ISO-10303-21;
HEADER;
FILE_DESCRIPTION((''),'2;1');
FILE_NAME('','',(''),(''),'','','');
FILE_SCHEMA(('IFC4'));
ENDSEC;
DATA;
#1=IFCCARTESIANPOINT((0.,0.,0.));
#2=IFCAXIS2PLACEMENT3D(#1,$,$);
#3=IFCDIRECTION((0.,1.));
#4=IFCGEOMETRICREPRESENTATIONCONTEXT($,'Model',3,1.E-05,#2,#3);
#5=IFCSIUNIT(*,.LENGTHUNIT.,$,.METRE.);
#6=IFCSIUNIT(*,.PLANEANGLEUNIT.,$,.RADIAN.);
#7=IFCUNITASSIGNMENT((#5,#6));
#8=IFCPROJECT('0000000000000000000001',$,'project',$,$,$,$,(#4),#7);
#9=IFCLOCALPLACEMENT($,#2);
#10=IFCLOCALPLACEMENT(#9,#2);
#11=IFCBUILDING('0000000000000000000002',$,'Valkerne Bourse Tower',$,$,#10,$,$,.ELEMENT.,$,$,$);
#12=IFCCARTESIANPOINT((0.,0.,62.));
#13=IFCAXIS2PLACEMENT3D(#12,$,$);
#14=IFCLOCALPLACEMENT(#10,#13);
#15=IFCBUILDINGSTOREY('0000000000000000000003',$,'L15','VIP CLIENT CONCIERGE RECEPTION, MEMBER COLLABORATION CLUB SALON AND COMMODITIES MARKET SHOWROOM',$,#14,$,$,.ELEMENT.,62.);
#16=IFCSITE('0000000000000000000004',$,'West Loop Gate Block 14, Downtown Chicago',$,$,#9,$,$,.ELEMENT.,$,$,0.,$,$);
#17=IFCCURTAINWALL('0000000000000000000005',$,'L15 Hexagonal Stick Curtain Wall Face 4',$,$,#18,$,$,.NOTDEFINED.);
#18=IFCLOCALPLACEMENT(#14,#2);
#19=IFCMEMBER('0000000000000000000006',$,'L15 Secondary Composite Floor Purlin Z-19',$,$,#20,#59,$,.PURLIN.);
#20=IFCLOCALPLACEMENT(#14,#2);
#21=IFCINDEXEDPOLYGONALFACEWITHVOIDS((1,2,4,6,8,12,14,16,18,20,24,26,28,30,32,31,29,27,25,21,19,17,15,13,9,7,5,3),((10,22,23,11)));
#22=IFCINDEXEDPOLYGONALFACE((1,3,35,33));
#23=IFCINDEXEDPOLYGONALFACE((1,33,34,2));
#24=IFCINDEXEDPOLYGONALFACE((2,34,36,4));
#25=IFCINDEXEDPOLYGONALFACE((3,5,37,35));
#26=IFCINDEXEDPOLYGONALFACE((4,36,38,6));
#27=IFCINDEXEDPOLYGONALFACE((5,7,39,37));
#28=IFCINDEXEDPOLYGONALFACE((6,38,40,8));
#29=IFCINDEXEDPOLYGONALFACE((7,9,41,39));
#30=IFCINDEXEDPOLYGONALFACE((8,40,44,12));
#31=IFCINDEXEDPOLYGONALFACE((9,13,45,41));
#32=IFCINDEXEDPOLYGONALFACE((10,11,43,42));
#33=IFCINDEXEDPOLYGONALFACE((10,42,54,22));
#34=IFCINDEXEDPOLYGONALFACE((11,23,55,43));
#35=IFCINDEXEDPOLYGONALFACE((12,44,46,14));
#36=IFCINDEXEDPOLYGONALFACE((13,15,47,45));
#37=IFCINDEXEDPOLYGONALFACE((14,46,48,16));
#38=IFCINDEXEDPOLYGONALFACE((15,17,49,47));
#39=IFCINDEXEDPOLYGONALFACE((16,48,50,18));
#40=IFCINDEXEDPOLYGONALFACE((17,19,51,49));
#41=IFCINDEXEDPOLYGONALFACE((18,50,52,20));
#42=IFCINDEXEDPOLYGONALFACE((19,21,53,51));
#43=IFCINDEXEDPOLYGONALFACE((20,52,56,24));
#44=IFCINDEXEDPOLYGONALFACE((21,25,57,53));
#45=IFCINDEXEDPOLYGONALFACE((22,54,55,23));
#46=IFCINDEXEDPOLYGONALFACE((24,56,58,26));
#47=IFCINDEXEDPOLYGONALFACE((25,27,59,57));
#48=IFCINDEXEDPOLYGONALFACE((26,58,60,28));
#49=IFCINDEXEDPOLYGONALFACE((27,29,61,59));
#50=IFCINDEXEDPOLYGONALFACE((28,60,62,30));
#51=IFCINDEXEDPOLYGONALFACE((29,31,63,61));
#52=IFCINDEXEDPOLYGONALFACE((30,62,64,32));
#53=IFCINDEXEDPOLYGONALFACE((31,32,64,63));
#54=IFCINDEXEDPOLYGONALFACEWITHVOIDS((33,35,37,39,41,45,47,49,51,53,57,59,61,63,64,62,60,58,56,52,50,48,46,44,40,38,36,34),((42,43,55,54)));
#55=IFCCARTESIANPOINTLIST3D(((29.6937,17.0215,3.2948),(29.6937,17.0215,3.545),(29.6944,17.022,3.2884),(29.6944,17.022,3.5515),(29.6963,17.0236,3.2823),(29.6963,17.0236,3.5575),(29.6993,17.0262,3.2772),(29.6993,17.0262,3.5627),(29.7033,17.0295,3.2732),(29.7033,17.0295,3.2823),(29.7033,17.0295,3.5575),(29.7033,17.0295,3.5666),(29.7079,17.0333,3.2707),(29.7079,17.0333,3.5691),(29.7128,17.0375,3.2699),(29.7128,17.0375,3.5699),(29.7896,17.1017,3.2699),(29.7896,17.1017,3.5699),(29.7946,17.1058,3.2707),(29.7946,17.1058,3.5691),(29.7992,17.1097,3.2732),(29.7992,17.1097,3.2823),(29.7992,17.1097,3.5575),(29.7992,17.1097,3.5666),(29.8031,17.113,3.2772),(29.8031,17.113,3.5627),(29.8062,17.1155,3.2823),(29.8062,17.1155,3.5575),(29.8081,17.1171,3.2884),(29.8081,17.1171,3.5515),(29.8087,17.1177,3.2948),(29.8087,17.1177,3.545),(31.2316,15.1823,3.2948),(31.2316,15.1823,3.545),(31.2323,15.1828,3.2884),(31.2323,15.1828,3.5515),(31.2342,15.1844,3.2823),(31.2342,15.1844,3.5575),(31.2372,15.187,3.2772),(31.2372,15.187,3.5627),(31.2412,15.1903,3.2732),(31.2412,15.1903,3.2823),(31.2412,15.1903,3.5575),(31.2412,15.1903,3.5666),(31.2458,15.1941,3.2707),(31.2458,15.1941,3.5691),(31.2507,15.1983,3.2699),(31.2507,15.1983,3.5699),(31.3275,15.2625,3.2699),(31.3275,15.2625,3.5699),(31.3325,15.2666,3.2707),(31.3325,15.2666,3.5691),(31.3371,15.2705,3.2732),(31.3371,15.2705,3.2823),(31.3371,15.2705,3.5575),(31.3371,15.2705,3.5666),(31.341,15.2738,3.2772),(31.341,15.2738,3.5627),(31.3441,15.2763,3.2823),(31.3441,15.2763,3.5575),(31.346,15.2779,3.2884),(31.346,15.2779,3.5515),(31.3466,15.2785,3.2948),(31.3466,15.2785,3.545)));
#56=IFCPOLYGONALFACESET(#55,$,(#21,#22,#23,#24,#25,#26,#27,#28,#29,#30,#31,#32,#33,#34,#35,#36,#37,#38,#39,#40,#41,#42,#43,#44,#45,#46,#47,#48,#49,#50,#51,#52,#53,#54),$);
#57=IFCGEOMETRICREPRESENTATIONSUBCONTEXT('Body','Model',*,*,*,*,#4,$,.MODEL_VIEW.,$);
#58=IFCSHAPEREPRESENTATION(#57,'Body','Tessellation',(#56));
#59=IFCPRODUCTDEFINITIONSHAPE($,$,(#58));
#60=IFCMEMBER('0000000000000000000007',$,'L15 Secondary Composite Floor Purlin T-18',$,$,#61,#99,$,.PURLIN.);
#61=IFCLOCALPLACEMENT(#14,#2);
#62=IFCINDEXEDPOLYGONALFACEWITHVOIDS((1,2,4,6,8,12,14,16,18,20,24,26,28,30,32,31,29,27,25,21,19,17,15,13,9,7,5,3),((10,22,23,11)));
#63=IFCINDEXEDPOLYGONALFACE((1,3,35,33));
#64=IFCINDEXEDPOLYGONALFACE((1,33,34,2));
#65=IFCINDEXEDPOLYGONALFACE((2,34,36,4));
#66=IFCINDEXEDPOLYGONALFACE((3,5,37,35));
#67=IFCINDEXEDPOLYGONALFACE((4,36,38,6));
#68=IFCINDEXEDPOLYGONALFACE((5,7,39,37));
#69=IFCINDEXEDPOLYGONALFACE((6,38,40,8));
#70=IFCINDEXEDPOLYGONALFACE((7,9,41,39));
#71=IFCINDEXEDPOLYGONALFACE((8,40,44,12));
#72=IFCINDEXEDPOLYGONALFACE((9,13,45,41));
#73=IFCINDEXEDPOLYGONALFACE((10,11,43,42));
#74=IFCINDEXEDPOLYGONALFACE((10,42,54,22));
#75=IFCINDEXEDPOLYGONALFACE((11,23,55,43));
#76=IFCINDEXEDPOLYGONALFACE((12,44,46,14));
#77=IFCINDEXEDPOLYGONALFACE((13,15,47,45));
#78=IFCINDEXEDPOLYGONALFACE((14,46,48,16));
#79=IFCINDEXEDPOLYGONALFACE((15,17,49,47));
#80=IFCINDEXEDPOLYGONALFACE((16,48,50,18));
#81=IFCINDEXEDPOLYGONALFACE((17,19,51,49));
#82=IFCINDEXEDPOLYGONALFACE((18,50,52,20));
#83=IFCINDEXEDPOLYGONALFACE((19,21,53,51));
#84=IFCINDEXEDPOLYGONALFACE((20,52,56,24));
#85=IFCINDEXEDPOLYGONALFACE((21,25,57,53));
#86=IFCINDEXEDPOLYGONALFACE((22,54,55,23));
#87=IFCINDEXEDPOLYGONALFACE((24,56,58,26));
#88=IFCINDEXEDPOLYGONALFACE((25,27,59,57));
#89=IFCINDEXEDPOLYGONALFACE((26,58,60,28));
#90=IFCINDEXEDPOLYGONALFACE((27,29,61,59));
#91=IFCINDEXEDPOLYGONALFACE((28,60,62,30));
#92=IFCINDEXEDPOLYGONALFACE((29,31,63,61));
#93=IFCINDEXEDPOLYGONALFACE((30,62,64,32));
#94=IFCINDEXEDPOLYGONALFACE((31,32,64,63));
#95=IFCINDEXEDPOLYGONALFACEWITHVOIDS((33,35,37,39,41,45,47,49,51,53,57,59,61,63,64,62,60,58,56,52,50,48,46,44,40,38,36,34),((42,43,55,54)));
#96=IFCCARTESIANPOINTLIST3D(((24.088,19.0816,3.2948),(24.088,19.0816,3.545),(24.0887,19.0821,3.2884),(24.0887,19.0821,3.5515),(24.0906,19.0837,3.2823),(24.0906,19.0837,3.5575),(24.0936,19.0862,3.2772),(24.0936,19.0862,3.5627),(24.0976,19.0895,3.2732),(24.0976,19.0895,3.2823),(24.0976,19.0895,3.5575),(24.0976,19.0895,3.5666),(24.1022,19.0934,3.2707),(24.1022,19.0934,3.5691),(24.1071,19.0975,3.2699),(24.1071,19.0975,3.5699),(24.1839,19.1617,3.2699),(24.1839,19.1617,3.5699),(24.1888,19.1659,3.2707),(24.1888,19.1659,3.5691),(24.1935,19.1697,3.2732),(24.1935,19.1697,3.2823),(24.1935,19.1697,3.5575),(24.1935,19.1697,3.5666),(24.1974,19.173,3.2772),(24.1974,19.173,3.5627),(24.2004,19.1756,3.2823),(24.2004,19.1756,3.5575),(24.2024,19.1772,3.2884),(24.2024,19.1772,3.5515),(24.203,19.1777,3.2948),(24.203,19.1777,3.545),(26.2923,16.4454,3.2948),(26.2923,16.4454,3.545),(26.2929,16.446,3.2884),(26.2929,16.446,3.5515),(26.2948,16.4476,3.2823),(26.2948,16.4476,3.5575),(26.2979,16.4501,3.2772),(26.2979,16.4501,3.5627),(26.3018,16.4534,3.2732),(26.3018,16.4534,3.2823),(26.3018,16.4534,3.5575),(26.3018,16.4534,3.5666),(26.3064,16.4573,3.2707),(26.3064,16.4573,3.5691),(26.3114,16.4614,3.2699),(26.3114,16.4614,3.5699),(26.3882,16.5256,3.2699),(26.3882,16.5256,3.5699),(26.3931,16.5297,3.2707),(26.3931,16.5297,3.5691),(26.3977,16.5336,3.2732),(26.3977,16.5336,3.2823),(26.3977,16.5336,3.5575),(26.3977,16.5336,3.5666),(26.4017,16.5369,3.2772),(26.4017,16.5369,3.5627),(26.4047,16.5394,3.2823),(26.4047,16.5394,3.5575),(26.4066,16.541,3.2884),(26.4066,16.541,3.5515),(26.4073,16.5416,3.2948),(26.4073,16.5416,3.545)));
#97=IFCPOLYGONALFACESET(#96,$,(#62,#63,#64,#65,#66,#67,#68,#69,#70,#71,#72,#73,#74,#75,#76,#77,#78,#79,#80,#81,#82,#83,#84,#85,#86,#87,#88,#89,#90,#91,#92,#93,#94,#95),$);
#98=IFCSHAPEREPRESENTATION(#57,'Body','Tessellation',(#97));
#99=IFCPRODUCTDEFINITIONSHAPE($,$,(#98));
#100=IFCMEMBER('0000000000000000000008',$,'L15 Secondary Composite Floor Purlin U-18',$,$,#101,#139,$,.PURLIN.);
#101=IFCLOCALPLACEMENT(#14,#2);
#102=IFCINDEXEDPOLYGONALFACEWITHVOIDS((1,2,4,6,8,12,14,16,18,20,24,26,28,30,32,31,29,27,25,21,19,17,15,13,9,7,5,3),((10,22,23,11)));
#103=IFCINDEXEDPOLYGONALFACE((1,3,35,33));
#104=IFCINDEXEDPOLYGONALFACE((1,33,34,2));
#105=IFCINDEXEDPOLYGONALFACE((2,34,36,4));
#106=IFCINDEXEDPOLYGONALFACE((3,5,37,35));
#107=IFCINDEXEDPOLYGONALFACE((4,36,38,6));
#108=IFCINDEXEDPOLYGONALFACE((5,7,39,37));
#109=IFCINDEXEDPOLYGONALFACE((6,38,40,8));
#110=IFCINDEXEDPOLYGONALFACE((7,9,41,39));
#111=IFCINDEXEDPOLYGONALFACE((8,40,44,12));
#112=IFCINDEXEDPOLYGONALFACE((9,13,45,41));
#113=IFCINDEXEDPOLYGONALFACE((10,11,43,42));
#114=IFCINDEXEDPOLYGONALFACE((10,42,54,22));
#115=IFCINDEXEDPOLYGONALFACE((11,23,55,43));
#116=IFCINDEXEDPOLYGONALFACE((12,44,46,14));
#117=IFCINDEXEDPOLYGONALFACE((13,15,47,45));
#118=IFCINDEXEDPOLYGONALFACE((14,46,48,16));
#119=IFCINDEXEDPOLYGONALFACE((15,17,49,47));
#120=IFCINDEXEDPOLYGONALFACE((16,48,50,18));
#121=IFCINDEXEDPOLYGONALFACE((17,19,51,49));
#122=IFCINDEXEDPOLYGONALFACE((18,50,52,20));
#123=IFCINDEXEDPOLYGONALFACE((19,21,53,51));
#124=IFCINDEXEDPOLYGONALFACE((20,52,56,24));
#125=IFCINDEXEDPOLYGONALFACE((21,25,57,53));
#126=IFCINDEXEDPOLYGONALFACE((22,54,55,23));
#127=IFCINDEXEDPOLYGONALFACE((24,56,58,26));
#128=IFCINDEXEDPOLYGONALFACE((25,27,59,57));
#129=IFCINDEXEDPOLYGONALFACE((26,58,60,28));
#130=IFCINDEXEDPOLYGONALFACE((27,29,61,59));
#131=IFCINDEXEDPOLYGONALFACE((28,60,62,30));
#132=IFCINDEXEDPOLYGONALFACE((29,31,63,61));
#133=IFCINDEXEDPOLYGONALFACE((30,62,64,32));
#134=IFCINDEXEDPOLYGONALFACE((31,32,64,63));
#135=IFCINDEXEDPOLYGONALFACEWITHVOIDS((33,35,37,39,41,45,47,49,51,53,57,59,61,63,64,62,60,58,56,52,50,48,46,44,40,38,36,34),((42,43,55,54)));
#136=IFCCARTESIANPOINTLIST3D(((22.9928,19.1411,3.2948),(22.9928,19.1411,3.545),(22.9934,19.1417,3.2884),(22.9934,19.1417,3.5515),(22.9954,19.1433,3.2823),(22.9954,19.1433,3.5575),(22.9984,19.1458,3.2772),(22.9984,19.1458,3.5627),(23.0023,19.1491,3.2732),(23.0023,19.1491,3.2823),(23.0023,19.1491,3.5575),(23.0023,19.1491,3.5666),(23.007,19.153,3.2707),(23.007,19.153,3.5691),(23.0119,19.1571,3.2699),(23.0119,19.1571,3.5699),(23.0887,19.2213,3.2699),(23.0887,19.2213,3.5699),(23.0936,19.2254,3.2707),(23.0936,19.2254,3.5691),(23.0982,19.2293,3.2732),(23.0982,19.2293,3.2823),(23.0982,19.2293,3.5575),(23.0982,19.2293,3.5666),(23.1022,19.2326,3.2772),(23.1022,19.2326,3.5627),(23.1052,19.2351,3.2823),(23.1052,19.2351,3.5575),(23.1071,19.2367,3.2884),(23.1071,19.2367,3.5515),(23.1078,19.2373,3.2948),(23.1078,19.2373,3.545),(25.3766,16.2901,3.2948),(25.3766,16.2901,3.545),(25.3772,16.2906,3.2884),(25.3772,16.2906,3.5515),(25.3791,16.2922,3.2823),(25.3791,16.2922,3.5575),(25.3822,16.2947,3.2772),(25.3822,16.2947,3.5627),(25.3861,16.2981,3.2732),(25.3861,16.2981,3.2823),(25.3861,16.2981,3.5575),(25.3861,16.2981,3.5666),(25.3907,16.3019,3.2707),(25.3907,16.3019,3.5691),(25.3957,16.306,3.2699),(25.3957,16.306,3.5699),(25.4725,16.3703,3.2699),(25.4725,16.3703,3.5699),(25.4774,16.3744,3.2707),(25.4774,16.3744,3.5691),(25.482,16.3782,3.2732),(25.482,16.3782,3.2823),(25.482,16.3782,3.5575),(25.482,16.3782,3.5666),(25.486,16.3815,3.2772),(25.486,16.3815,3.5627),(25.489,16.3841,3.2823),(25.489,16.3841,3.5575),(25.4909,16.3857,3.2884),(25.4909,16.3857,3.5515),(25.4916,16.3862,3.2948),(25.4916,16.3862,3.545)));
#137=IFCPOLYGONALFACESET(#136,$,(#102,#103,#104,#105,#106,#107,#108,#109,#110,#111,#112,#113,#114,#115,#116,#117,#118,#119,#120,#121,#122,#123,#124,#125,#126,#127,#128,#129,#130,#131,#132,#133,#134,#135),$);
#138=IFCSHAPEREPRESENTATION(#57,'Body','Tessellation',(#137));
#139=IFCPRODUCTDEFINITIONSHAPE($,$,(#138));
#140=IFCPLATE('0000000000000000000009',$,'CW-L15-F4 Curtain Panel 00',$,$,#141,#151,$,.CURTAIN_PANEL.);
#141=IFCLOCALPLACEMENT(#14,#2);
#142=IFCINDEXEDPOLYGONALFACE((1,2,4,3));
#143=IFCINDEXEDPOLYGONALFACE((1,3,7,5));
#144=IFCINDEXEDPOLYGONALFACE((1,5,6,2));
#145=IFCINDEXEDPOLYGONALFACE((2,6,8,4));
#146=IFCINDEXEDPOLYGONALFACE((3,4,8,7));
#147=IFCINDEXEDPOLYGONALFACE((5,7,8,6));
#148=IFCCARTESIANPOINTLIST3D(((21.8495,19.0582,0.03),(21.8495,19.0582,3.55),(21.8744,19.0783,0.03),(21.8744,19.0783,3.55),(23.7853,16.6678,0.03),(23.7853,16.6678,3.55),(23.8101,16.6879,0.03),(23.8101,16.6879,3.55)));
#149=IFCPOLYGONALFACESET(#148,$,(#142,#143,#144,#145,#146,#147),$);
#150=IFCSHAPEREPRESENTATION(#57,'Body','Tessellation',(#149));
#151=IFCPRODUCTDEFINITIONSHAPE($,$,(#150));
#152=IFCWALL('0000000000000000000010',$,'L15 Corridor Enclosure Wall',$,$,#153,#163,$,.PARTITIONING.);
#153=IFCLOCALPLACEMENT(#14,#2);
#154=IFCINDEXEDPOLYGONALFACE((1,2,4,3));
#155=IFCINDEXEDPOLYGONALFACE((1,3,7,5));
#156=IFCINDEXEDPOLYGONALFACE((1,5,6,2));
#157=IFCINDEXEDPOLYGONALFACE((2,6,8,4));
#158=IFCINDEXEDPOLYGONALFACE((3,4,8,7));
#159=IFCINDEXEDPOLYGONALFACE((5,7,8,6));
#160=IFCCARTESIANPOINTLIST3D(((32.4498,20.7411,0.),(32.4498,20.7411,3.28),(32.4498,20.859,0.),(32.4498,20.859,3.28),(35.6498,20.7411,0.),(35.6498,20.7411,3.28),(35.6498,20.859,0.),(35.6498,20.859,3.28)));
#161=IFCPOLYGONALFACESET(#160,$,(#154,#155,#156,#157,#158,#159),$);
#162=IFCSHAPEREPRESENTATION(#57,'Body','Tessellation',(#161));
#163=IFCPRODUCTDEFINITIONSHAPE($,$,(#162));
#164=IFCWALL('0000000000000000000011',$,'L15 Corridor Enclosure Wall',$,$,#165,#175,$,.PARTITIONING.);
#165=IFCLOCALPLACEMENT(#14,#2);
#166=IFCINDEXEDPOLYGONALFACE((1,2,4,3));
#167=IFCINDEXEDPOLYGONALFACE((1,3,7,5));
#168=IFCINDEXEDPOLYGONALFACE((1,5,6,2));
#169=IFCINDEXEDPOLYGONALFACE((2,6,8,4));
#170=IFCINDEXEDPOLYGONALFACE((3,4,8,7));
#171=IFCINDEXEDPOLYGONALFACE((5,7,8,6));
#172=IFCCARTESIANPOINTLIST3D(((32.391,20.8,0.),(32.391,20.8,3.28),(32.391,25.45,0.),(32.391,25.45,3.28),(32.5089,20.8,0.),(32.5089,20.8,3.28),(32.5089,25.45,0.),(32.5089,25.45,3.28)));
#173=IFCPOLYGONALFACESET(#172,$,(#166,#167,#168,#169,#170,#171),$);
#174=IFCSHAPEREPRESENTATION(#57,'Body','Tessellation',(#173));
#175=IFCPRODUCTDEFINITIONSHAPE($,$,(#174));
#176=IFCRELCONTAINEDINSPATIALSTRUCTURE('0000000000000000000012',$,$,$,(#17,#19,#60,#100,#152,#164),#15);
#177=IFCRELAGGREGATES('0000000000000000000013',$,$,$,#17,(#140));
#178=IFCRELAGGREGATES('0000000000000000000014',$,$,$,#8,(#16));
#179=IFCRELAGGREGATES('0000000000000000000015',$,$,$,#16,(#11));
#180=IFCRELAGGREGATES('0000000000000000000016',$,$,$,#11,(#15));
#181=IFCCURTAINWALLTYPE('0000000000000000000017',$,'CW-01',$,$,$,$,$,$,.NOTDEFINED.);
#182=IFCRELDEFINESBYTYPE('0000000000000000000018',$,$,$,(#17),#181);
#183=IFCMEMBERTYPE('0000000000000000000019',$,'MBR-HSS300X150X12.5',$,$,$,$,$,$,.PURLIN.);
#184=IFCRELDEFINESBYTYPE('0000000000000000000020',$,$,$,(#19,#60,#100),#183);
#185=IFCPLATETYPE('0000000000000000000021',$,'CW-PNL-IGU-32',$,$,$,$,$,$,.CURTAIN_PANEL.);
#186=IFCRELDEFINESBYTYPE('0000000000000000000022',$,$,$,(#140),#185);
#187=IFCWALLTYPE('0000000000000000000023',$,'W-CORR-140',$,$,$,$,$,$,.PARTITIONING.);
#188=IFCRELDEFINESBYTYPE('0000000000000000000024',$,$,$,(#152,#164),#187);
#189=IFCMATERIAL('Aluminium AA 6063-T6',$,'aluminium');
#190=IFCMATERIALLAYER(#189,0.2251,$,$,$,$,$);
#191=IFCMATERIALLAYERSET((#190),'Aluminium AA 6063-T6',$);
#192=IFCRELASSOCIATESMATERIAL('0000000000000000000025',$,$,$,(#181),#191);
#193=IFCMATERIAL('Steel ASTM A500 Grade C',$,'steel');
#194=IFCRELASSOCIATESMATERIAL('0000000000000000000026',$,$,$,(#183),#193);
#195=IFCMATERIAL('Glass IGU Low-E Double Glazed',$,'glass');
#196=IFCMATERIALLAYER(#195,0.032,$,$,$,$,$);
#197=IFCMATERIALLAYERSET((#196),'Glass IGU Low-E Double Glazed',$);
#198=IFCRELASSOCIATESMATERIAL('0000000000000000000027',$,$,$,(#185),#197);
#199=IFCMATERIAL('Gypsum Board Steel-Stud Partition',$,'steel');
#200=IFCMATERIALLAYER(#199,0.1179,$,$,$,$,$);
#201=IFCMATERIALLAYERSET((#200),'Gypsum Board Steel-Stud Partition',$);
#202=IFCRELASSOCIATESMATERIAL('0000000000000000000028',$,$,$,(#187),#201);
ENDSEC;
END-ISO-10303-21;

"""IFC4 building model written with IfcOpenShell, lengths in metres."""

from ifc_helpers import new_model, si_unit, direction, frame, frame_2d, origin, origin_2d, place, context, subcontext, project, spatial, rectangle, hollow_rectangle, extrude, material, layer, layer_set, material_profile, profile_set, type_object, element, aggregate, save


model = new_model("IFC4")

# Units and contexts
model_context = context("Model", 3, precision=1e-05, world=origin(), true_north=direction((0.0, 1.0)))
body_context = subcontext(model_context, "Body", "Model", "MODEL_VIEW")
ifc_project = project(units=[si_unit("LENGTHUNIT", "METRE"), si_unit("PLANEANGLEUNIT", "RADIAN")], contexts=[model_context])

# Site, building, storey
site_placement = place(None, origin())
site = spatial("IfcSite", under=ifc_project, at=site_placement, Name="West Loop Gate Block 14, Downtown Chicago", CompositionType="ELEMENT", RefElevation=0.0)
building_placement = place(site_placement, origin())
building = spatial("IfcBuilding", under=site, at=building_placement, Name="Valkerne Bourse Tower", CompositionType="ELEMENT")
storey_placement = place(building_placement, frame((0.0, 0.0, 62.0)))
storey = spatial("IfcBuildingStorey", under=building, at=storey_placement, Name="L15", Description="VIP CLIENT CONCIERGE RECEPTION, MEMBER COLLABORATION CLUB SALON AND COMMODITIES MARKET SHOWROOM", CompositionType="ELEMENT", Elevation=62.0)

# Curtain wall
ifc_material_1 = material(Name="Aluminium AA 6063-T6", Category="aluminium")
ifc_layer_1 = layer(ifc_material_1, 0.2251)
ifc_layer_set_1 = layer_set([ifc_layer_1], Name="Aluminium AA 6063-T6")
curtain_wall_type = type_object("IfcCurtainWallType", Name="CW-01", PredefinedType="NOTDEFINED", material=ifc_layer_set_1)
curtain_wall_placement = place(storey_placement, origin())
curtain_wall = element("IfcCurtainWall", 1, at=curtain_wall_placement, inside=storey, type_object=curtain_wall_type, Name="L15 Hexagonal Stick Curtain Wall Face 4", PredefinedType="NOTDEFINED")

# Members
ifc_material_2 = material(Name="Steel ASTM A500 Grade C", Category="steel")
ifc_material_profile_1 = material_profile(ifc_material_2, hollow_rectangle(XDim=0.1499, YDim=0.3, WallThickness=0.0125, OuterFilletRadius=0.0249, at=origin_2d()), Name="HSS300X150X12.5")
ifc_profile_set_1 = profile_set([ifc_material_profile_1], Name="Steel ASTM A500 Grade C")
member_type_1 = type_object("IfcMemberType", Name="MBR-HSS300X150X12.5", PredefinedType="PURLIN", material=ifc_profile_set_1)
member_1_placement = place(storey_placement, frame((29.7512, 17.0696, 3.4199), z_axis=(0.641476, -0.767143, 0.0), x_axis=(0.767143, 0.641476, 0.0)))
element("IfcMember", 2, at=member_1_placement, inside=storey, type_object=member_type_1, Name="L15 Secondary Composite Floor Purlin Z-19", PredefinedType="PURLIN", context=body_context, shape_type="SweptSolid", body=[
    extrude(hollow_rectangle(XDim=0.1499, YDim=0.3, WallThickness=0.0125, OuterFilletRadius=0.0249, at=origin_2d()), origin(), (0.0, 0.0, 1.0), 2.3975),
])
member_2_placement = place(storey_placement, frame((24.1455, 19.1296, 3.4199), z_axis=(0.641469, -0.767149, 0.0), x_axis=(0.767149, 0.641469, 0.0)))
element("IfcMember", 3, at=member_2_placement, inside=storey, type_object=member_type_1, Name="L15 Secondary Composite Floor Purlin T-18", PredefinedType="PURLIN", context=body_context, shape_type="SweptSolid", body=[
    extrude(hollow_rectangle(XDim=0.1499, YDim=0.3, WallThickness=0.0125, OuterFilletRadius=0.0249, at=origin_2d()), origin(), (0.0, 0.0, 1.0), 3.4363),
])
member_3_placement = place(storey_placement, frame((23.0503, 19.1892, 3.4199), z_axis=(0.641437, -0.767176, 0.0), x_axis=(0.767176, 0.641437, 0.0)))
element("IfcMember", 4, at=member_3_placement, inside=storey, type_object=member_type_1, Name="L15 Secondary Composite Floor Purlin U-18", PredefinedType="PURLIN", context=body_context, shape_type="SweptSolid", body=[
    extrude(hollow_rectangle(XDim=0.1499, YDim=0.3, WallThickness=0.0125, OuterFilletRadius=0.0249, at=origin_2d()), origin(), (0.0, 0.0, 1.0), 3.7163),
])

# Plate
ifc_material_3 = material(Name="Glass IGU Low-E Double Glazed", Category="glass")
ifc_layer_2 = layer(ifc_material_3, 0.032)
ifc_layer_set_2 = layer_set([ifc_layer_2], Name="Glass IGU Low-E Double Glazed")
plate_type = type_object("IfcPlateType", Name="CW-PNL-IGU-32", PredefinedType="CURTAIN_PANEL", material=ifc_layer_set_2)
plate_placement = place(storey_placement, frame((22.8298, 17.873, 0.03), z_axis=(0.0, 0.0, 1.0), x_axis=(0.62932, -0.777146, 0.0)))
plate = element("IfcPlate", 5, at=plate_placement, type_object=plate_type, Name="CW-L15-F4 Curtain Panel 00", PredefinedType="CURTAIN_PANEL", context=body_context, shape_type="SweptSolid", body=[
    extrude(rectangle(XDim=3.0759, YDim=0.032, at=origin_2d()), origin(), (0.0, 0.0, 1.0), 3.52),
])
aggregate(curtain_wall, [plate])

# Walls
ifc_material_4 = material(Name="Gypsum Board Steel-Stud Partition", Category="steel")
ifc_layer_3 = layer(ifc_material_4, 0.1179)
ifc_layer_set_3 = layer_set([ifc_layer_3], Name="Gypsum Board Steel-Stud Partition")
wall_type_1 = type_object("IfcWallType", Name="W-CORR-140", PredefinedType="PARTITIONING", material=ifc_layer_set_3)
wall_1_placement = place(storey_placement, frame((35.6499, 20.8, 0.0), z_axis=(0.0, 0.0, 1.0), x_axis=(-1.0, 0.0, 0.0)))
element("IfcWall", 6, at=wall_1_placement, inside=storey, type_object=wall_type_1, Name="L15 Corridor Enclosure Wall", PredefinedType="PARTITIONING", context=body_context, shape_type="SweptSolid", body=[
    extrude(rectangle(XDim=3.2, YDim=0.1179, at=frame_2d((1.6001, 0.0))), origin(), (0.0, 0.0, 1.0), 3.28),
])
wall_2_placement = place(storey_placement, frame((32.45, 20.8, 0.0), z_axis=(0.0, 0.0, 1.0), x_axis=(0.0, 1.0, 0.0)))
element("IfcWall", 7, at=wall_2_placement, inside=storey, type_object=wall_type_1, Name="L15 Corridor Enclosure Wall", PredefinedType="PARTITIONING", context=body_context, shape_type="SweptSolid", body=[
    extrude(rectangle(XDim=4.6499, YDim=0.1179, at=frame_2d((2.325, 0.0))), origin(), (0.0, 0.0, 1.0), 3.28),
])

save(model, "model.ifc")
